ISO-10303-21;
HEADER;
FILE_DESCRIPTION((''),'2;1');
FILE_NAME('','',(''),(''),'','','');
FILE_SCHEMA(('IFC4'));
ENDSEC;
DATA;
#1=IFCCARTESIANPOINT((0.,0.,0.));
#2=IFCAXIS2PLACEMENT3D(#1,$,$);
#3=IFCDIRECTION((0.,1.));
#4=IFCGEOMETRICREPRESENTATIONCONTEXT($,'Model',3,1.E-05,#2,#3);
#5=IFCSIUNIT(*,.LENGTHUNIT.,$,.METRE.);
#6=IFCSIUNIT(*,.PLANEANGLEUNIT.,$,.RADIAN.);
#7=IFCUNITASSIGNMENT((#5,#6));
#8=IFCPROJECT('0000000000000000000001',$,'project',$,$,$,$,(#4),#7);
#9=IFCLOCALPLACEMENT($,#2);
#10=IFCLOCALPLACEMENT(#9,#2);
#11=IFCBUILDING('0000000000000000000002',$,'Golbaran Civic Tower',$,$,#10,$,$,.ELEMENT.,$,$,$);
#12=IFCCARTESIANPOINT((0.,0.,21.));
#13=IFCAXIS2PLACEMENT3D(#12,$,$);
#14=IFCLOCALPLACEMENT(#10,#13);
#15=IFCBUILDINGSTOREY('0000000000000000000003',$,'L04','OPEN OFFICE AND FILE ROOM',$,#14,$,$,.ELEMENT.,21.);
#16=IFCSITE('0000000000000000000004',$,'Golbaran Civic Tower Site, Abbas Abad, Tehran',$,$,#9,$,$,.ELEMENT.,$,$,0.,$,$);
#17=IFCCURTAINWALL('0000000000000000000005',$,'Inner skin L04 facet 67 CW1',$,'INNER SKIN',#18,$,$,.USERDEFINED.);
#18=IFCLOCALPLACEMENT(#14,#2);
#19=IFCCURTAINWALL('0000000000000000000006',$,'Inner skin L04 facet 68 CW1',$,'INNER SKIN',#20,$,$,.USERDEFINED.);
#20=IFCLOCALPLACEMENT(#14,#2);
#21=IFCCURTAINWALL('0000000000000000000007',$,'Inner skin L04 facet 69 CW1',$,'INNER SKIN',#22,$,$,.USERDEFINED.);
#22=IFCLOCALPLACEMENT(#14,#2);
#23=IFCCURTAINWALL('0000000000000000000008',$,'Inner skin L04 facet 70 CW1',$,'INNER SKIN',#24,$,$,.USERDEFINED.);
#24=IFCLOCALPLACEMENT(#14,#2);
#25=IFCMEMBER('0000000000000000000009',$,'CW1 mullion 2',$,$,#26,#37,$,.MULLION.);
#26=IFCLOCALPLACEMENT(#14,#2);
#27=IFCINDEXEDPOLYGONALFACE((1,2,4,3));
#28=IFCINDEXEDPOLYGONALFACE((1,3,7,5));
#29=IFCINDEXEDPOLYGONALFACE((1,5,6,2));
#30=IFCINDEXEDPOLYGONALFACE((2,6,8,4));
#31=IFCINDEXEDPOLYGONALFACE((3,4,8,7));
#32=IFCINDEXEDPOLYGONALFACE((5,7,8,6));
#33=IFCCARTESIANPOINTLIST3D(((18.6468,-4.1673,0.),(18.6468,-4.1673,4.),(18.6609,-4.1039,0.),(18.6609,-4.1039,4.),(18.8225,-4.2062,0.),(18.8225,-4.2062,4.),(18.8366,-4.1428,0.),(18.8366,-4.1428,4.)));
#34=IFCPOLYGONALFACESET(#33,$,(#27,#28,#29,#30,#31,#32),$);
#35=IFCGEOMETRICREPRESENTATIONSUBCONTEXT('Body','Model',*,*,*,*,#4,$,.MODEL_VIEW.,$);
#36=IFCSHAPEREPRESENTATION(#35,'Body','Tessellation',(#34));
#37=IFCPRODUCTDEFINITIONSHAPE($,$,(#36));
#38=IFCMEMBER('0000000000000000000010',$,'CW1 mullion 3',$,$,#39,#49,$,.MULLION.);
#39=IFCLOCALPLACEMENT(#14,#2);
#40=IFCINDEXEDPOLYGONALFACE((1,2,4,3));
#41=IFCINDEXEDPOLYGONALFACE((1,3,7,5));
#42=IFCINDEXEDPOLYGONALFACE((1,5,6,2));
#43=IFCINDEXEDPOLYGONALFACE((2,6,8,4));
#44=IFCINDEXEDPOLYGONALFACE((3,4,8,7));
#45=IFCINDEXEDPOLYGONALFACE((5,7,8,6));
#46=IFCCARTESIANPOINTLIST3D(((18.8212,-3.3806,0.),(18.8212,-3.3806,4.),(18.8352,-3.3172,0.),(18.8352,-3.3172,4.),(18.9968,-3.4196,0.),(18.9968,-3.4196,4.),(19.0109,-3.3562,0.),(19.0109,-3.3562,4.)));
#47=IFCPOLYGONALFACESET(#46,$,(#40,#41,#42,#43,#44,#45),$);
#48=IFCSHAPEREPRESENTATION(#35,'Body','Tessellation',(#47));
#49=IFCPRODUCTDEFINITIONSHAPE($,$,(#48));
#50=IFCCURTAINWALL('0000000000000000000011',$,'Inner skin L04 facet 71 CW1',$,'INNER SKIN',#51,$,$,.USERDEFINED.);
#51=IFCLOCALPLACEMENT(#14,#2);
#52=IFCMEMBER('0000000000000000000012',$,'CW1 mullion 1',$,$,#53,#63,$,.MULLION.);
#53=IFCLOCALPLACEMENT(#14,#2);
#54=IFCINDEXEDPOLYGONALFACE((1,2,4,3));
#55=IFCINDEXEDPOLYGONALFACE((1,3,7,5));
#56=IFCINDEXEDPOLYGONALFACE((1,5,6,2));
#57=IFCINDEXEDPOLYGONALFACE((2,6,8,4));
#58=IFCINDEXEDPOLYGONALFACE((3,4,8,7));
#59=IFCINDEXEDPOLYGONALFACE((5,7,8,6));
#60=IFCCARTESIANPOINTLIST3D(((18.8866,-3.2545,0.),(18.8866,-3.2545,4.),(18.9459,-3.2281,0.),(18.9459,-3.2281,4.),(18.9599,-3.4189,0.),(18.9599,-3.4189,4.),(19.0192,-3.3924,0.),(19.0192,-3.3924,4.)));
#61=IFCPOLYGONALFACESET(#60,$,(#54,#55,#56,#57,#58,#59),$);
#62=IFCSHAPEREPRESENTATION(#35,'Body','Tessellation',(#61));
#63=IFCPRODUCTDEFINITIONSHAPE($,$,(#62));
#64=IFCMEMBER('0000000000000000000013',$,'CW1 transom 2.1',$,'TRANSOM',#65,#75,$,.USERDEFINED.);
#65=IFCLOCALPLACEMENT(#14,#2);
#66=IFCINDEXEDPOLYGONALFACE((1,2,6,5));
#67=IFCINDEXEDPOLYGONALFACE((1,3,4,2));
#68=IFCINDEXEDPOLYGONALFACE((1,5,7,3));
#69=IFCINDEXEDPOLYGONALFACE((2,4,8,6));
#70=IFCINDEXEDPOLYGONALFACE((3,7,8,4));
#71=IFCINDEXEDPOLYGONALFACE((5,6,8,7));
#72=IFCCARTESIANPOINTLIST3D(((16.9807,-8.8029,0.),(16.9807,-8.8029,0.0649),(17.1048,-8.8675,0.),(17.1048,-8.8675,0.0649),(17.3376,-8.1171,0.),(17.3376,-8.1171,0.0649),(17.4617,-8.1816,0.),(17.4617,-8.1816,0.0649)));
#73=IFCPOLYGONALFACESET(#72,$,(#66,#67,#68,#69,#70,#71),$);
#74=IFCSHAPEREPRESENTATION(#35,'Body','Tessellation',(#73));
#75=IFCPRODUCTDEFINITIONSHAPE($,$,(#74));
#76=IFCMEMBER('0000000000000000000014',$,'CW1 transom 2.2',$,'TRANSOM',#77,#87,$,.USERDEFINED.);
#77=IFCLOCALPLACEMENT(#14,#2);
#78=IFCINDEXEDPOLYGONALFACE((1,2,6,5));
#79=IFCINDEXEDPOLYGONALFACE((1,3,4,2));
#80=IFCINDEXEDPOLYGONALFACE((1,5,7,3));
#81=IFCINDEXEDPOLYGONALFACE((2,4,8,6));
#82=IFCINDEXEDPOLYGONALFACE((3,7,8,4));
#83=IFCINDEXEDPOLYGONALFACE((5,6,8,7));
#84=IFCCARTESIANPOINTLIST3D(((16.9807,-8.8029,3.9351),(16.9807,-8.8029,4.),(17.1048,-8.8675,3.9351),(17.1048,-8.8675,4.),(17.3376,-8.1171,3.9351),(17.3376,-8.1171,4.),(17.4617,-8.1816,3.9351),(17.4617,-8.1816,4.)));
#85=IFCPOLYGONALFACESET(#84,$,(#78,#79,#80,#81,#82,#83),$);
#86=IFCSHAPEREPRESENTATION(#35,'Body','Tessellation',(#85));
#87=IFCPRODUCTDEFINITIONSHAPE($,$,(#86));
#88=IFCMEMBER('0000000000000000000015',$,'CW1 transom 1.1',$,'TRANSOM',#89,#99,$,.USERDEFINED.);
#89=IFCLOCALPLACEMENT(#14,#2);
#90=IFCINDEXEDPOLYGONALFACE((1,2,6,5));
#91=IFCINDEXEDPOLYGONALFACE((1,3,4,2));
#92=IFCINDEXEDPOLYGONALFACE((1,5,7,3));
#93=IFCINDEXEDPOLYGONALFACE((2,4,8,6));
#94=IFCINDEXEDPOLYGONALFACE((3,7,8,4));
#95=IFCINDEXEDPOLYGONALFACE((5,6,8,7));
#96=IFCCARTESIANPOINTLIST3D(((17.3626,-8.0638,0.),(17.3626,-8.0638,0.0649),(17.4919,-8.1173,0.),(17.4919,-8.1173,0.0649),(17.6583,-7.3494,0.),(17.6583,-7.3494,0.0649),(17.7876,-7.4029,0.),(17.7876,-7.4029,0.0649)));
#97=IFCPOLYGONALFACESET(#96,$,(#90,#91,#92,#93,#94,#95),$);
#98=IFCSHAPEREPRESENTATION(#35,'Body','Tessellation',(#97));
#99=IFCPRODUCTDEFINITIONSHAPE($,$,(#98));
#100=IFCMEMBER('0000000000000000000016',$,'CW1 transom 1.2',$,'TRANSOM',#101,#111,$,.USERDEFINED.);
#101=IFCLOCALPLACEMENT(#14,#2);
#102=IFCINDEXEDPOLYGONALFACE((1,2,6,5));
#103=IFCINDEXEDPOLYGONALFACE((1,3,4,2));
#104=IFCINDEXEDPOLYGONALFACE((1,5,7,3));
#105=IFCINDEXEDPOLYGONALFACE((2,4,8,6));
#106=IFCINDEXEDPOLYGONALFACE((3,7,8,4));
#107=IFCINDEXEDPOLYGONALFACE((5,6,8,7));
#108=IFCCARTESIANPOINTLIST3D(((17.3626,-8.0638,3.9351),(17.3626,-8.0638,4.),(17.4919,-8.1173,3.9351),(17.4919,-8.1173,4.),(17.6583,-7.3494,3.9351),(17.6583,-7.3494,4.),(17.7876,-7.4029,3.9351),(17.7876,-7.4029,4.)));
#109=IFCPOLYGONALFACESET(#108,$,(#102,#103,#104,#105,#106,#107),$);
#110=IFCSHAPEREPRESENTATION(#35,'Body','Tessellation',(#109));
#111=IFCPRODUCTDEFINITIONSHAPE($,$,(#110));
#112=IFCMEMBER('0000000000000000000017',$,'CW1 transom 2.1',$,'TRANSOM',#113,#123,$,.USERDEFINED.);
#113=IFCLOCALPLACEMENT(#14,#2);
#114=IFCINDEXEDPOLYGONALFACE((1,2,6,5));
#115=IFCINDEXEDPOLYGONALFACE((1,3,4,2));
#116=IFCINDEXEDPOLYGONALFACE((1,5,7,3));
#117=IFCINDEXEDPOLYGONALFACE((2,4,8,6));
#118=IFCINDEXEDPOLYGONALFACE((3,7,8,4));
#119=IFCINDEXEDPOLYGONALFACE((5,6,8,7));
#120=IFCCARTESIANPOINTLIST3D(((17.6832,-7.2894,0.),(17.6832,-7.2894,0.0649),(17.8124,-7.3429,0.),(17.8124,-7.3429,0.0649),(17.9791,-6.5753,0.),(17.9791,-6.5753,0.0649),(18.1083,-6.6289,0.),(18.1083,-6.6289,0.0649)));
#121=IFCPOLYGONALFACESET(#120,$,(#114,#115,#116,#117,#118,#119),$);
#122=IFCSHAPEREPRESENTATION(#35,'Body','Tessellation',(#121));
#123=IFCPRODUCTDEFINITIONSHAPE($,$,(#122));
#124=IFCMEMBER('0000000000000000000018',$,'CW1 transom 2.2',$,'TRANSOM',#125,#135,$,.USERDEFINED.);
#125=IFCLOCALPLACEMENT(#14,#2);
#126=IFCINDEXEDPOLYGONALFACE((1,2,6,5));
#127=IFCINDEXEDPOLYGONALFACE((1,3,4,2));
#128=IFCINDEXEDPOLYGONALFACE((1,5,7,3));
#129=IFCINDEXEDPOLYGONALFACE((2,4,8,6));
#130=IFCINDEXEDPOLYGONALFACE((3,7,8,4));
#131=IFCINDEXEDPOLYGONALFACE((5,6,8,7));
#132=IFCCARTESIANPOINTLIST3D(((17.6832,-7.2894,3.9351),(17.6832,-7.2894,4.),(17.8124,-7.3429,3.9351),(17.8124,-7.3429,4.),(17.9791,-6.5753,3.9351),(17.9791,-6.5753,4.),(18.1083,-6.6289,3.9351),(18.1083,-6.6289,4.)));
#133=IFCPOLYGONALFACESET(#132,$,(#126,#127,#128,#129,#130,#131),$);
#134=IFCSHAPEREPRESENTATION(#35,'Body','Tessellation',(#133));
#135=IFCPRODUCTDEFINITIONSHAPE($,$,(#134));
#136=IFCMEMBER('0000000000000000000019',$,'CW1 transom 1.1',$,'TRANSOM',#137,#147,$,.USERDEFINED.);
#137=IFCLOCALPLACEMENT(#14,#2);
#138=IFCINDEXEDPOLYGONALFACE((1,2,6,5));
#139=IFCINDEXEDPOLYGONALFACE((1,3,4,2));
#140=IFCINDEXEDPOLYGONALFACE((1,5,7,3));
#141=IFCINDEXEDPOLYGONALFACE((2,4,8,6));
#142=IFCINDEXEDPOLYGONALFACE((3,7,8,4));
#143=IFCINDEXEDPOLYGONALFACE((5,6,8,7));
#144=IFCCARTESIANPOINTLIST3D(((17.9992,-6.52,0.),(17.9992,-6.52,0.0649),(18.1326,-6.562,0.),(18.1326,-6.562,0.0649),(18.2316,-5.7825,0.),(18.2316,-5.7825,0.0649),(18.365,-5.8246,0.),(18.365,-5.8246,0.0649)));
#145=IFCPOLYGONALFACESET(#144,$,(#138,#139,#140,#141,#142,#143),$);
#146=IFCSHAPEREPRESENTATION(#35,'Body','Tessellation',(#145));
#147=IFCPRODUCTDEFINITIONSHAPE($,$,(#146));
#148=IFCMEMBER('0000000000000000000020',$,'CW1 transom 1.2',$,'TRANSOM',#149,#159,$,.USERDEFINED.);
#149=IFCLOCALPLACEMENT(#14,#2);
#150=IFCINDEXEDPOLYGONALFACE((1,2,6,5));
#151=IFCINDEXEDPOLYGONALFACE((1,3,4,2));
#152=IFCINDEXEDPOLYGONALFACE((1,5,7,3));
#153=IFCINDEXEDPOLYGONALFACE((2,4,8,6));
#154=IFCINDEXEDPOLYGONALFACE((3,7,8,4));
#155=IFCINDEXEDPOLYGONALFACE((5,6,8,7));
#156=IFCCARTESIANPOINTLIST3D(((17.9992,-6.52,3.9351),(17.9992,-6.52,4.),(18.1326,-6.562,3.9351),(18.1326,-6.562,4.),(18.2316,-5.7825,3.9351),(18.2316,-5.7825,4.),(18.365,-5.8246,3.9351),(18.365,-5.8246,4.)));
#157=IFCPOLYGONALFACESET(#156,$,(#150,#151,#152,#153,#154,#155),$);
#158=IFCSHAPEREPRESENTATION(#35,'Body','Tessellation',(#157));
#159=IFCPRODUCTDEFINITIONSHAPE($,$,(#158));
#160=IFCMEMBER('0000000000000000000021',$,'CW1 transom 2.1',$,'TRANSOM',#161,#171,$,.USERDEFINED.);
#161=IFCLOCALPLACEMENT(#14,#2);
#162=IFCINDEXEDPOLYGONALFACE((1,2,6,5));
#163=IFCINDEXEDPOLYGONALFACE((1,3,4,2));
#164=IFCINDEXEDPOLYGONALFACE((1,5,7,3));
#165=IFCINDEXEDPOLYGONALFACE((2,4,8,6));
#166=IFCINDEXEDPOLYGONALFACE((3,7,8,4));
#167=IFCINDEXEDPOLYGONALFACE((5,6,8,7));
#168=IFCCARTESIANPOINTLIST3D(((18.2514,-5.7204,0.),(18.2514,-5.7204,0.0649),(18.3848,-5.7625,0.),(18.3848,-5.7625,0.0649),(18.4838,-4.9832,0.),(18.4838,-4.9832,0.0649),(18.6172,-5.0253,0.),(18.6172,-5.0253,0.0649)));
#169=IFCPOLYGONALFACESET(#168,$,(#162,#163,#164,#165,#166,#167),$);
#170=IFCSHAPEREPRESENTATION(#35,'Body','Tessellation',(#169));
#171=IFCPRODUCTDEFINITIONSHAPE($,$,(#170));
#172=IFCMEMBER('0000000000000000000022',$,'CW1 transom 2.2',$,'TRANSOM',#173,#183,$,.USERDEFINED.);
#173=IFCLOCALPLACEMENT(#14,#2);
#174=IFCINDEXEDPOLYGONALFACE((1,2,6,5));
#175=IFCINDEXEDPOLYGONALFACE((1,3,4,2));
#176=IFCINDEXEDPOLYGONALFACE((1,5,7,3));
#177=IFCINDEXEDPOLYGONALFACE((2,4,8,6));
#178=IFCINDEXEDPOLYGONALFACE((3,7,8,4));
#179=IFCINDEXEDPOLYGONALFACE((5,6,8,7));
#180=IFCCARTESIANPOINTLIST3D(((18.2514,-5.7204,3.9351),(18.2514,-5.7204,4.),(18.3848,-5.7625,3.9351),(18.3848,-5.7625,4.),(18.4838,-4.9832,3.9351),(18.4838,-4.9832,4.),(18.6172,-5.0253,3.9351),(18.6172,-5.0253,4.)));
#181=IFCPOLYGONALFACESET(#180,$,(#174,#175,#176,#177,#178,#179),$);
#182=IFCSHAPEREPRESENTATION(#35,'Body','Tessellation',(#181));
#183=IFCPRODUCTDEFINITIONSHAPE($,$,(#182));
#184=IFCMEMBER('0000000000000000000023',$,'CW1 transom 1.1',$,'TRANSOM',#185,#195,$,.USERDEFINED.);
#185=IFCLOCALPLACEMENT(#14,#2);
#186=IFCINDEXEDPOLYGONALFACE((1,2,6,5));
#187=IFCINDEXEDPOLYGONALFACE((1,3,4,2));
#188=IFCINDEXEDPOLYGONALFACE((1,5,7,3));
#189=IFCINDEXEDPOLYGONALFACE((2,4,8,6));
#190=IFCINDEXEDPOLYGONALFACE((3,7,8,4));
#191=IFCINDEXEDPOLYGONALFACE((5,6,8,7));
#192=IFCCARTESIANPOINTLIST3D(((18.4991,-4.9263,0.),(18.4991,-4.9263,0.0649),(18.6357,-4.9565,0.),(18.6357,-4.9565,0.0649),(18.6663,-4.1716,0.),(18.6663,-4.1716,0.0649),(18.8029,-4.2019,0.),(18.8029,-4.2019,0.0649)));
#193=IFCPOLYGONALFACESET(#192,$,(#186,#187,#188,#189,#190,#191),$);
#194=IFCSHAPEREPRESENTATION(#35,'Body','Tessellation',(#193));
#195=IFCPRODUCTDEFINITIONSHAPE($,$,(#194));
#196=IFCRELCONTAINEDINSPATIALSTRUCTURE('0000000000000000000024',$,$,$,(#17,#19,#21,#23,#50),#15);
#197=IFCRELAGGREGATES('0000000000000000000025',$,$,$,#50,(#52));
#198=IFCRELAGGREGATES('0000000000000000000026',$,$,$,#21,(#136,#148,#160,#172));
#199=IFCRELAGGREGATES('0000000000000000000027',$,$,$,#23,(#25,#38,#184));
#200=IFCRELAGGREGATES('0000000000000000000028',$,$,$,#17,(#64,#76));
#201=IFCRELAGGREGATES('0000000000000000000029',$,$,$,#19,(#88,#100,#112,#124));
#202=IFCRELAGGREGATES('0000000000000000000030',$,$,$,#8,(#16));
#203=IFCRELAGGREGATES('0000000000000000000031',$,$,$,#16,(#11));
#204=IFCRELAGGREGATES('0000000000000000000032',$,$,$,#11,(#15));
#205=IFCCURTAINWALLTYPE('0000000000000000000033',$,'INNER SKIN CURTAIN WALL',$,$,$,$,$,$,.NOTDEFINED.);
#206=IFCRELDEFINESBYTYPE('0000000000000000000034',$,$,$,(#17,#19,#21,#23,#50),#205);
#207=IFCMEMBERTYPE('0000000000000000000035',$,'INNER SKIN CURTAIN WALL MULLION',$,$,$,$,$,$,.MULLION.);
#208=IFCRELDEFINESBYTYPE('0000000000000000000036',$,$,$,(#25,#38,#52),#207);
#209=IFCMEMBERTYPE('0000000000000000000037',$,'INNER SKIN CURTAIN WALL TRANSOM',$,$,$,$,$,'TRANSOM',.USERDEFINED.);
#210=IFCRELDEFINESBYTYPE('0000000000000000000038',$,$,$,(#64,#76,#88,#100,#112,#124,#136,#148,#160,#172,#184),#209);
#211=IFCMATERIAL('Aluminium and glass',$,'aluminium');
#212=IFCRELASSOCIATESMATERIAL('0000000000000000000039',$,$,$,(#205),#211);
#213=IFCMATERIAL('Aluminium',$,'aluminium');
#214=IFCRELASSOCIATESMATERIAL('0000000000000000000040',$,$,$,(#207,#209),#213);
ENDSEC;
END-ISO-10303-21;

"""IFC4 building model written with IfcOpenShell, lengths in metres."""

from ifc_helpers import new_model, si_unit, direction, frame, origin, origin_2d, place, context, subcontext, project, spatial, rectangle, extrude, material, material_profile, profile_set, type_object, element, aggregate, save


model = new_model("IFC4")

# Units and contexts
model_context = context("Model", 3, precision=1e-05, world=origin(), true_north=direction((0.0, 1.0)))
body_context = subcontext(model_context, "Body", "Model", "MODEL_VIEW")
ifc_project = project(units=[si_unit("LENGTHUNIT", "METRE"), si_unit("PLANEANGLEUNIT", "RADIAN")], contexts=[model_context])

# Site, building, storey
site_placement = place(None, origin())
site = spatial("IfcSite", under=ifc_project, at=site_placement, Name="Golbaran Civic Tower Site, Abbas Abad, Tehran", CompositionType="ELEMENT", RefElevation=0.0)
building_placement = place(site_placement, origin())
building = spatial("IfcBuilding", under=site, at=building_placement, Name="Golbaran Civic Tower", CompositionType="ELEMENT")
storey_placement = place(building_placement, frame((0.0, 0.0, 21.0)))
storey = spatial("IfcBuildingStorey", under=building, at=storey_placement, Name="L04", Description="OPEN OFFICE AND FILE ROOM", CompositionType="ELEMENT", Elevation=21.0)

# Curtain walls, members
ifc_material_1 = material(Name="Aluminium and glass", Category="aluminium")
curtain_wall_type = type_object("IfcCurtainWallType", Name="INNER SKIN CURTAIN WALL", PredefinedType="NOTDEFINED", material=ifc_material_1)
curtain_wall_1_placement = place(storey_placement, origin())
curtain_wall_1 = element("IfcCurtainWall", 1, at=curtain_wall_1_placement, inside=storey, type_object=curtain_wall_type, Name="Inner skin L04 facet 67 CW1", ObjectType="INNER SKIN", PredefinedType="USERDEFINED")
ifc_material_2 = material(Name="Aluminium", Category="aluminium")
ifc_material_profile_1 = material_profile(ifc_material_2, rectangle(XDim=0.1799, YDim=0.0649, at=origin_2d()), Name="INNER SKIN CURTAIN WALL MULLION")
ifc_profile_set_1 = profile_set([ifc_material_profile_1], Name="Aluminium")
member_type_1 = type_object("IfcMemberType", Name="INNER SKIN CURTAIN WALL MULLION", PredefinedType="MULLION", material=ifc_profile_set_1)
curtain_wall_2_placement = place(storey_placement, origin())
curtain_wall_2 = element("IfcCurtainWall", 2, at=curtain_wall_2_placement, inside=storey, type_object=curtain_wall_type, Name="Inner skin L04 facet 68 CW1", ObjectType="INNER SKIN", PredefinedType="USERDEFINED")
curtain_wall_3_placement = place(storey_placement, origin())
curtain_wall_3 = element("IfcCurtainWall", 3, at=curtain_wall_3_placement, inside=storey, type_object=curtain_wall_type, Name="Inner skin L04 facet 69 CW1", ObjectType="INNER SKIN", PredefinedType="USERDEFINED")
curtain_wall_4_placement = place(storey_placement, origin())
curtain_wall_4 = element("IfcCurtainWall", 4, at=curtain_wall_4_placement, inside=storey, type_object=curtain_wall_type, Name="Inner skin L04 facet 70 CW1", ObjectType="INNER SKIN", PredefinedType="USERDEFINED")
member_1_placement = place(storey_placement, frame((18.7417, -4.155, 0.0), z_axis=(0.0, 0.0, 1.0), x_axis=(-0.976296, 0.21644, 0.0)))
member_1 = element("IfcMember", 5, at=member_1_placement, type_object=member_type_1, Name="CW1 mullion 2", PredefinedType="MULLION", context=body_context, shape_type="SweptSolid", body=[
    extrude(rectangle(XDim=0.1799, YDim=0.0649, at=origin_2d()), origin(), (0.0, 0.0, 1.0), 4.0),
])
member_2_placement = place(storey_placement, frame((18.916, -3.3684, 0.0), z_axis=(0.0, 0.0, 1.0), x_axis=(-0.976296, 0.21644, 0.0)))
member_2 = element("IfcMember", 6, at=member_2_placement, type_object=member_type_1, Name="CW1 mullion 3", PredefinedType="MULLION", context=body_context, shape_type="SweptSolid", body=[
    extrude(rectangle(XDim=0.1799, YDim=0.0649, at=origin_2d()), origin(), (0.0, 0.0, 1.0), 4.0),
])

# Curtain wall, member
curtain_wall_5_placement = place(storey_placement, origin())
curtain_wall_5 = element("IfcCurtainWall", 7, at=curtain_wall_5_placement, inside=storey, type_object=curtain_wall_type, Name="Inner skin L04 facet 71 CW1", ObjectType="INNER SKIN", PredefinedType="USERDEFINED")
member_3_placement = place(storey_placement, frame((18.9529, -3.3235, 0.0), z_axis=(0.0, 0.0, 1.0), x_axis=(-0.407136, 0.913367, 0.0)))
member_3 = element("IfcMember", 8, at=member_3_placement, type_object=member_type_1, Name="CW1 mullion 1", PredefinedType="MULLION", context=body_context, shape_type="SweptSolid", body=[
    extrude(rectangle(XDim=0.1799, YDim=0.0649, at=origin_2d()), origin(), (0.0, 0.0, 1.0), 4.0),
])

# Members
ifc_material_profile_2 = material_profile(ifc_material_2, rectangle(XDim=0.1399, YDim=0.0649, at=origin_2d()), Name="INNER SKIN CURTAIN WALL TRANSOM")
ifc_profile_set_2 = profile_set([ifc_material_profile_2], Name="Aluminium")
member_type_2 = type_object("IfcMemberType", Name="INNER SKIN CURTAIN WALL TRANSOM", ElementType="TRANSOM", PredefinedType="USERDEFINED", material=ifc_profile_set_2)
member_4_placement = place(storey_placement, frame((17.0427, -8.8352, 0.0325), z_axis=(0.461681, 0.887046, 0.0), x_axis=(-0.887046, 0.461681, 0.0)))
member_4 = element("IfcMember", 9, at=member_4_placement, type_object=member_type_2, Name="CW1 transom 2.1", ObjectType="TRANSOM", PredefinedType="USERDEFINED", context=body_context, shape_type="SweptSolid", body=[
    extrude(rectangle(XDim=0.1399, YDim=0.0649, at=origin_2d()), origin(), (0.0, 0.0, 1.0), 0.7732),
])
member_5_placement = place(storey_placement, frame((17.0427, -8.8352, 3.9675), z_axis=(0.461681, 0.887046, 0.0), x_axis=(-0.887046, 0.461681, 0.0)))
member_5 = element("IfcMember", 10, at=member_5_placement, type_object=member_type_2, Name="CW1 transom 2.2", ObjectType="TRANSOM", PredefinedType="USERDEFINED", context=body_context, shape_type="SweptSolid", body=[
    extrude(rectangle(XDim=0.1399, YDim=0.0649, at=origin_2d()), origin(), (0.0, 0.0, 1.0), 0.7732),
])
member_6_placement = place(storey_placement, frame((17.4272, -8.0906, 0.0325), z_axis=(0.382417, 0.92399, 0.0), x_axis=(-0.92399, 0.382417, 0.0)))
member_6 = element("IfcMember", 11, at=member_6_placement, type_object=member_type_2, Name="CW1 transom 1.1", ObjectType="TRANSOM", PredefinedType="USERDEFINED", context=body_context, shape_type="SweptSolid", body=[
    extrude(rectangle(XDim=0.1399, YDim=0.0649, at=origin_2d()), origin(), (0.0, 0.0, 1.0), 0.7732),
])
member_7_placement = place(storey_placement, frame((17.4272, -8.0906, 3.9675), z_axis=(0.382417, 0.92399, 0.0), x_axis=(-0.92399, 0.382417, 0.0)))
member_7 = element("IfcMember", 12, at=member_7_placement, type_object=member_type_2, Name="CW1 transom 1.2", ObjectType="TRANSOM", PredefinedType="USERDEFINED", context=body_context, shape_type="SweptSolid", body=[
    extrude(rectangle(XDim=0.1399, YDim=0.0649, at=origin_2d()), origin(), (0.0, 0.0, 1.0), 0.7732),
])
member_8_placement = place(storey_placement, frame((17.7478, -7.3162, 0.0325), z_axis=(0.382798, 0.923832, 0.0), x_axis=(-0.923832, 0.382798, 0.0)))
member_8 = element("IfcMember", 13, at=member_8_placement, type_object=member_type_2, Name="CW1 transom 2.1", ObjectType="TRANSOM", PredefinedType="USERDEFINED", context=body_context, shape_type="SweptSolid", body=[
    extrude(rectangle(XDim=0.1399, YDim=0.0649, at=origin_2d()), origin(), (0.0, 0.0, 1.0), 0.7729),
])
member_9_placement = place(storey_placement, frame((17.7478, -7.3162, 3.9675), z_axis=(0.382798, 0.923832, 0.0), x_axis=(-0.923832, 0.382798, 0.0)))
member_9 = element("IfcMember", 14, at=member_9_placement, type_object=member_type_2, Name="CW1 transom 2.2", ObjectType="TRANSOM", PredefinedType="USERDEFINED", context=body_context, shape_type="SweptSolid", body=[
    extrude(rectangle(XDim=0.1399, YDim=0.0649, at=origin_2d()), origin(), (0.0, 0.0, 1.0), 0.7729),
])
member_10_placement = place(storey_placement, frame((18.0659, -6.541, 0.0325), z_axis=(0.300557, 0.953764, 0.0), x_axis=(-0.953764, 0.300557, 0.0)))
member_10 = element("IfcMember", 15, at=member_10_placement, type_object=member_type_2, Name="CW1 transom 1.1", ObjectType="TRANSOM", PredefinedType="USERDEFINED", context=body_context, shape_type="SweptSolid", body=[
    extrude(rectangle(XDim=0.1399, YDim=0.0649, at=origin_2d()), origin(), (0.0, 0.0, 1.0), 0.7732),
])
member_11_placement = place(storey_placement, frame((18.0659, -6.541, 3.9675), z_axis=(0.300557, 0.953764, 0.0), x_axis=(-0.953764, 0.300557, 0.0)))
member_11 = element("IfcMember", 16, at=member_11_placement, type_object=member_type_2, Name="CW1 transom 1.2", ObjectType="TRANSOM", PredefinedType="USERDEFINED", context=body_context, shape_type="SweptSolid", body=[
    extrude(rectangle(XDim=0.1399, YDim=0.0649, at=origin_2d()), origin(), (0.0, 0.0, 1.0), 0.7732),
])
member_12_placement = place(storey_placement, frame((18.3181, -5.7415, 0.0325), z_axis=(0.300648, 0.953735, 0.0), x_axis=(-0.953735, 0.300648, 0.0)))
member_12 = element("IfcMember", 17, at=member_12_placement, type_object=member_type_2, Name="CW1 transom 2.1", ObjectType="TRANSOM", PredefinedType="USERDEFINED", context=body_context, shape_type="SweptSolid", body=[
    extrude(rectangle(XDim=0.1399, YDim=0.0649, at=origin_2d()), origin(), (0.0, 0.0, 1.0), 0.7729),
])
member_13_placement = place(storey_placement, frame((18.3181, -5.7415, 3.9675), z_axis=(0.300648, 0.953735, 0.0), x_axis=(-0.953735, 0.300648, 0.0)))
member_13 = element("IfcMember", 18, at=member_13_placement, type_object=member_type_2, Name="CW1 transom 2.2", ObjectType="TRANSOM", PredefinedType="USERDEFINED", context=body_context, shape_type="SweptSolid", body=[
    extrude(rectangle(XDim=0.1399, YDim=0.0649, at=origin_2d()), origin(), (0.0, 0.0, 1.0), 0.7729),
])
member_14_placement = place(storey_placement, frame((18.5674, -4.9414, 0.0325), z_axis=(0.216362, 0.976313, 0.0), x_axis=(-0.976313, 0.216362, 0.0)))
member_14 = element("IfcMember", 19, at=member_14_placement, type_object=member_type_2, Name="CW1 transom 1.1", ObjectType="TRANSOM", PredefinedType="USERDEFINED", context=body_context, shape_type="SweptSolid", body=[
    extrude(rectangle(XDim=0.1399, YDim=0.0649, at=origin_2d()), origin(), (0.0, 0.0, 1.0), 0.7729),
])
aggregate(curtain_wall_5, [member_3])

aggregate(curtain_wall_3, [member_10, member_11, member_12, member_13])
aggregate(curtain_wall_4, [member_1, member_2, member_14])
aggregate(curtain_wall_1, [member_4, member_5])
aggregate(curtain_wall_2, [member_6, member_7, member_8, member_9])

save(model, "model.ifc")
